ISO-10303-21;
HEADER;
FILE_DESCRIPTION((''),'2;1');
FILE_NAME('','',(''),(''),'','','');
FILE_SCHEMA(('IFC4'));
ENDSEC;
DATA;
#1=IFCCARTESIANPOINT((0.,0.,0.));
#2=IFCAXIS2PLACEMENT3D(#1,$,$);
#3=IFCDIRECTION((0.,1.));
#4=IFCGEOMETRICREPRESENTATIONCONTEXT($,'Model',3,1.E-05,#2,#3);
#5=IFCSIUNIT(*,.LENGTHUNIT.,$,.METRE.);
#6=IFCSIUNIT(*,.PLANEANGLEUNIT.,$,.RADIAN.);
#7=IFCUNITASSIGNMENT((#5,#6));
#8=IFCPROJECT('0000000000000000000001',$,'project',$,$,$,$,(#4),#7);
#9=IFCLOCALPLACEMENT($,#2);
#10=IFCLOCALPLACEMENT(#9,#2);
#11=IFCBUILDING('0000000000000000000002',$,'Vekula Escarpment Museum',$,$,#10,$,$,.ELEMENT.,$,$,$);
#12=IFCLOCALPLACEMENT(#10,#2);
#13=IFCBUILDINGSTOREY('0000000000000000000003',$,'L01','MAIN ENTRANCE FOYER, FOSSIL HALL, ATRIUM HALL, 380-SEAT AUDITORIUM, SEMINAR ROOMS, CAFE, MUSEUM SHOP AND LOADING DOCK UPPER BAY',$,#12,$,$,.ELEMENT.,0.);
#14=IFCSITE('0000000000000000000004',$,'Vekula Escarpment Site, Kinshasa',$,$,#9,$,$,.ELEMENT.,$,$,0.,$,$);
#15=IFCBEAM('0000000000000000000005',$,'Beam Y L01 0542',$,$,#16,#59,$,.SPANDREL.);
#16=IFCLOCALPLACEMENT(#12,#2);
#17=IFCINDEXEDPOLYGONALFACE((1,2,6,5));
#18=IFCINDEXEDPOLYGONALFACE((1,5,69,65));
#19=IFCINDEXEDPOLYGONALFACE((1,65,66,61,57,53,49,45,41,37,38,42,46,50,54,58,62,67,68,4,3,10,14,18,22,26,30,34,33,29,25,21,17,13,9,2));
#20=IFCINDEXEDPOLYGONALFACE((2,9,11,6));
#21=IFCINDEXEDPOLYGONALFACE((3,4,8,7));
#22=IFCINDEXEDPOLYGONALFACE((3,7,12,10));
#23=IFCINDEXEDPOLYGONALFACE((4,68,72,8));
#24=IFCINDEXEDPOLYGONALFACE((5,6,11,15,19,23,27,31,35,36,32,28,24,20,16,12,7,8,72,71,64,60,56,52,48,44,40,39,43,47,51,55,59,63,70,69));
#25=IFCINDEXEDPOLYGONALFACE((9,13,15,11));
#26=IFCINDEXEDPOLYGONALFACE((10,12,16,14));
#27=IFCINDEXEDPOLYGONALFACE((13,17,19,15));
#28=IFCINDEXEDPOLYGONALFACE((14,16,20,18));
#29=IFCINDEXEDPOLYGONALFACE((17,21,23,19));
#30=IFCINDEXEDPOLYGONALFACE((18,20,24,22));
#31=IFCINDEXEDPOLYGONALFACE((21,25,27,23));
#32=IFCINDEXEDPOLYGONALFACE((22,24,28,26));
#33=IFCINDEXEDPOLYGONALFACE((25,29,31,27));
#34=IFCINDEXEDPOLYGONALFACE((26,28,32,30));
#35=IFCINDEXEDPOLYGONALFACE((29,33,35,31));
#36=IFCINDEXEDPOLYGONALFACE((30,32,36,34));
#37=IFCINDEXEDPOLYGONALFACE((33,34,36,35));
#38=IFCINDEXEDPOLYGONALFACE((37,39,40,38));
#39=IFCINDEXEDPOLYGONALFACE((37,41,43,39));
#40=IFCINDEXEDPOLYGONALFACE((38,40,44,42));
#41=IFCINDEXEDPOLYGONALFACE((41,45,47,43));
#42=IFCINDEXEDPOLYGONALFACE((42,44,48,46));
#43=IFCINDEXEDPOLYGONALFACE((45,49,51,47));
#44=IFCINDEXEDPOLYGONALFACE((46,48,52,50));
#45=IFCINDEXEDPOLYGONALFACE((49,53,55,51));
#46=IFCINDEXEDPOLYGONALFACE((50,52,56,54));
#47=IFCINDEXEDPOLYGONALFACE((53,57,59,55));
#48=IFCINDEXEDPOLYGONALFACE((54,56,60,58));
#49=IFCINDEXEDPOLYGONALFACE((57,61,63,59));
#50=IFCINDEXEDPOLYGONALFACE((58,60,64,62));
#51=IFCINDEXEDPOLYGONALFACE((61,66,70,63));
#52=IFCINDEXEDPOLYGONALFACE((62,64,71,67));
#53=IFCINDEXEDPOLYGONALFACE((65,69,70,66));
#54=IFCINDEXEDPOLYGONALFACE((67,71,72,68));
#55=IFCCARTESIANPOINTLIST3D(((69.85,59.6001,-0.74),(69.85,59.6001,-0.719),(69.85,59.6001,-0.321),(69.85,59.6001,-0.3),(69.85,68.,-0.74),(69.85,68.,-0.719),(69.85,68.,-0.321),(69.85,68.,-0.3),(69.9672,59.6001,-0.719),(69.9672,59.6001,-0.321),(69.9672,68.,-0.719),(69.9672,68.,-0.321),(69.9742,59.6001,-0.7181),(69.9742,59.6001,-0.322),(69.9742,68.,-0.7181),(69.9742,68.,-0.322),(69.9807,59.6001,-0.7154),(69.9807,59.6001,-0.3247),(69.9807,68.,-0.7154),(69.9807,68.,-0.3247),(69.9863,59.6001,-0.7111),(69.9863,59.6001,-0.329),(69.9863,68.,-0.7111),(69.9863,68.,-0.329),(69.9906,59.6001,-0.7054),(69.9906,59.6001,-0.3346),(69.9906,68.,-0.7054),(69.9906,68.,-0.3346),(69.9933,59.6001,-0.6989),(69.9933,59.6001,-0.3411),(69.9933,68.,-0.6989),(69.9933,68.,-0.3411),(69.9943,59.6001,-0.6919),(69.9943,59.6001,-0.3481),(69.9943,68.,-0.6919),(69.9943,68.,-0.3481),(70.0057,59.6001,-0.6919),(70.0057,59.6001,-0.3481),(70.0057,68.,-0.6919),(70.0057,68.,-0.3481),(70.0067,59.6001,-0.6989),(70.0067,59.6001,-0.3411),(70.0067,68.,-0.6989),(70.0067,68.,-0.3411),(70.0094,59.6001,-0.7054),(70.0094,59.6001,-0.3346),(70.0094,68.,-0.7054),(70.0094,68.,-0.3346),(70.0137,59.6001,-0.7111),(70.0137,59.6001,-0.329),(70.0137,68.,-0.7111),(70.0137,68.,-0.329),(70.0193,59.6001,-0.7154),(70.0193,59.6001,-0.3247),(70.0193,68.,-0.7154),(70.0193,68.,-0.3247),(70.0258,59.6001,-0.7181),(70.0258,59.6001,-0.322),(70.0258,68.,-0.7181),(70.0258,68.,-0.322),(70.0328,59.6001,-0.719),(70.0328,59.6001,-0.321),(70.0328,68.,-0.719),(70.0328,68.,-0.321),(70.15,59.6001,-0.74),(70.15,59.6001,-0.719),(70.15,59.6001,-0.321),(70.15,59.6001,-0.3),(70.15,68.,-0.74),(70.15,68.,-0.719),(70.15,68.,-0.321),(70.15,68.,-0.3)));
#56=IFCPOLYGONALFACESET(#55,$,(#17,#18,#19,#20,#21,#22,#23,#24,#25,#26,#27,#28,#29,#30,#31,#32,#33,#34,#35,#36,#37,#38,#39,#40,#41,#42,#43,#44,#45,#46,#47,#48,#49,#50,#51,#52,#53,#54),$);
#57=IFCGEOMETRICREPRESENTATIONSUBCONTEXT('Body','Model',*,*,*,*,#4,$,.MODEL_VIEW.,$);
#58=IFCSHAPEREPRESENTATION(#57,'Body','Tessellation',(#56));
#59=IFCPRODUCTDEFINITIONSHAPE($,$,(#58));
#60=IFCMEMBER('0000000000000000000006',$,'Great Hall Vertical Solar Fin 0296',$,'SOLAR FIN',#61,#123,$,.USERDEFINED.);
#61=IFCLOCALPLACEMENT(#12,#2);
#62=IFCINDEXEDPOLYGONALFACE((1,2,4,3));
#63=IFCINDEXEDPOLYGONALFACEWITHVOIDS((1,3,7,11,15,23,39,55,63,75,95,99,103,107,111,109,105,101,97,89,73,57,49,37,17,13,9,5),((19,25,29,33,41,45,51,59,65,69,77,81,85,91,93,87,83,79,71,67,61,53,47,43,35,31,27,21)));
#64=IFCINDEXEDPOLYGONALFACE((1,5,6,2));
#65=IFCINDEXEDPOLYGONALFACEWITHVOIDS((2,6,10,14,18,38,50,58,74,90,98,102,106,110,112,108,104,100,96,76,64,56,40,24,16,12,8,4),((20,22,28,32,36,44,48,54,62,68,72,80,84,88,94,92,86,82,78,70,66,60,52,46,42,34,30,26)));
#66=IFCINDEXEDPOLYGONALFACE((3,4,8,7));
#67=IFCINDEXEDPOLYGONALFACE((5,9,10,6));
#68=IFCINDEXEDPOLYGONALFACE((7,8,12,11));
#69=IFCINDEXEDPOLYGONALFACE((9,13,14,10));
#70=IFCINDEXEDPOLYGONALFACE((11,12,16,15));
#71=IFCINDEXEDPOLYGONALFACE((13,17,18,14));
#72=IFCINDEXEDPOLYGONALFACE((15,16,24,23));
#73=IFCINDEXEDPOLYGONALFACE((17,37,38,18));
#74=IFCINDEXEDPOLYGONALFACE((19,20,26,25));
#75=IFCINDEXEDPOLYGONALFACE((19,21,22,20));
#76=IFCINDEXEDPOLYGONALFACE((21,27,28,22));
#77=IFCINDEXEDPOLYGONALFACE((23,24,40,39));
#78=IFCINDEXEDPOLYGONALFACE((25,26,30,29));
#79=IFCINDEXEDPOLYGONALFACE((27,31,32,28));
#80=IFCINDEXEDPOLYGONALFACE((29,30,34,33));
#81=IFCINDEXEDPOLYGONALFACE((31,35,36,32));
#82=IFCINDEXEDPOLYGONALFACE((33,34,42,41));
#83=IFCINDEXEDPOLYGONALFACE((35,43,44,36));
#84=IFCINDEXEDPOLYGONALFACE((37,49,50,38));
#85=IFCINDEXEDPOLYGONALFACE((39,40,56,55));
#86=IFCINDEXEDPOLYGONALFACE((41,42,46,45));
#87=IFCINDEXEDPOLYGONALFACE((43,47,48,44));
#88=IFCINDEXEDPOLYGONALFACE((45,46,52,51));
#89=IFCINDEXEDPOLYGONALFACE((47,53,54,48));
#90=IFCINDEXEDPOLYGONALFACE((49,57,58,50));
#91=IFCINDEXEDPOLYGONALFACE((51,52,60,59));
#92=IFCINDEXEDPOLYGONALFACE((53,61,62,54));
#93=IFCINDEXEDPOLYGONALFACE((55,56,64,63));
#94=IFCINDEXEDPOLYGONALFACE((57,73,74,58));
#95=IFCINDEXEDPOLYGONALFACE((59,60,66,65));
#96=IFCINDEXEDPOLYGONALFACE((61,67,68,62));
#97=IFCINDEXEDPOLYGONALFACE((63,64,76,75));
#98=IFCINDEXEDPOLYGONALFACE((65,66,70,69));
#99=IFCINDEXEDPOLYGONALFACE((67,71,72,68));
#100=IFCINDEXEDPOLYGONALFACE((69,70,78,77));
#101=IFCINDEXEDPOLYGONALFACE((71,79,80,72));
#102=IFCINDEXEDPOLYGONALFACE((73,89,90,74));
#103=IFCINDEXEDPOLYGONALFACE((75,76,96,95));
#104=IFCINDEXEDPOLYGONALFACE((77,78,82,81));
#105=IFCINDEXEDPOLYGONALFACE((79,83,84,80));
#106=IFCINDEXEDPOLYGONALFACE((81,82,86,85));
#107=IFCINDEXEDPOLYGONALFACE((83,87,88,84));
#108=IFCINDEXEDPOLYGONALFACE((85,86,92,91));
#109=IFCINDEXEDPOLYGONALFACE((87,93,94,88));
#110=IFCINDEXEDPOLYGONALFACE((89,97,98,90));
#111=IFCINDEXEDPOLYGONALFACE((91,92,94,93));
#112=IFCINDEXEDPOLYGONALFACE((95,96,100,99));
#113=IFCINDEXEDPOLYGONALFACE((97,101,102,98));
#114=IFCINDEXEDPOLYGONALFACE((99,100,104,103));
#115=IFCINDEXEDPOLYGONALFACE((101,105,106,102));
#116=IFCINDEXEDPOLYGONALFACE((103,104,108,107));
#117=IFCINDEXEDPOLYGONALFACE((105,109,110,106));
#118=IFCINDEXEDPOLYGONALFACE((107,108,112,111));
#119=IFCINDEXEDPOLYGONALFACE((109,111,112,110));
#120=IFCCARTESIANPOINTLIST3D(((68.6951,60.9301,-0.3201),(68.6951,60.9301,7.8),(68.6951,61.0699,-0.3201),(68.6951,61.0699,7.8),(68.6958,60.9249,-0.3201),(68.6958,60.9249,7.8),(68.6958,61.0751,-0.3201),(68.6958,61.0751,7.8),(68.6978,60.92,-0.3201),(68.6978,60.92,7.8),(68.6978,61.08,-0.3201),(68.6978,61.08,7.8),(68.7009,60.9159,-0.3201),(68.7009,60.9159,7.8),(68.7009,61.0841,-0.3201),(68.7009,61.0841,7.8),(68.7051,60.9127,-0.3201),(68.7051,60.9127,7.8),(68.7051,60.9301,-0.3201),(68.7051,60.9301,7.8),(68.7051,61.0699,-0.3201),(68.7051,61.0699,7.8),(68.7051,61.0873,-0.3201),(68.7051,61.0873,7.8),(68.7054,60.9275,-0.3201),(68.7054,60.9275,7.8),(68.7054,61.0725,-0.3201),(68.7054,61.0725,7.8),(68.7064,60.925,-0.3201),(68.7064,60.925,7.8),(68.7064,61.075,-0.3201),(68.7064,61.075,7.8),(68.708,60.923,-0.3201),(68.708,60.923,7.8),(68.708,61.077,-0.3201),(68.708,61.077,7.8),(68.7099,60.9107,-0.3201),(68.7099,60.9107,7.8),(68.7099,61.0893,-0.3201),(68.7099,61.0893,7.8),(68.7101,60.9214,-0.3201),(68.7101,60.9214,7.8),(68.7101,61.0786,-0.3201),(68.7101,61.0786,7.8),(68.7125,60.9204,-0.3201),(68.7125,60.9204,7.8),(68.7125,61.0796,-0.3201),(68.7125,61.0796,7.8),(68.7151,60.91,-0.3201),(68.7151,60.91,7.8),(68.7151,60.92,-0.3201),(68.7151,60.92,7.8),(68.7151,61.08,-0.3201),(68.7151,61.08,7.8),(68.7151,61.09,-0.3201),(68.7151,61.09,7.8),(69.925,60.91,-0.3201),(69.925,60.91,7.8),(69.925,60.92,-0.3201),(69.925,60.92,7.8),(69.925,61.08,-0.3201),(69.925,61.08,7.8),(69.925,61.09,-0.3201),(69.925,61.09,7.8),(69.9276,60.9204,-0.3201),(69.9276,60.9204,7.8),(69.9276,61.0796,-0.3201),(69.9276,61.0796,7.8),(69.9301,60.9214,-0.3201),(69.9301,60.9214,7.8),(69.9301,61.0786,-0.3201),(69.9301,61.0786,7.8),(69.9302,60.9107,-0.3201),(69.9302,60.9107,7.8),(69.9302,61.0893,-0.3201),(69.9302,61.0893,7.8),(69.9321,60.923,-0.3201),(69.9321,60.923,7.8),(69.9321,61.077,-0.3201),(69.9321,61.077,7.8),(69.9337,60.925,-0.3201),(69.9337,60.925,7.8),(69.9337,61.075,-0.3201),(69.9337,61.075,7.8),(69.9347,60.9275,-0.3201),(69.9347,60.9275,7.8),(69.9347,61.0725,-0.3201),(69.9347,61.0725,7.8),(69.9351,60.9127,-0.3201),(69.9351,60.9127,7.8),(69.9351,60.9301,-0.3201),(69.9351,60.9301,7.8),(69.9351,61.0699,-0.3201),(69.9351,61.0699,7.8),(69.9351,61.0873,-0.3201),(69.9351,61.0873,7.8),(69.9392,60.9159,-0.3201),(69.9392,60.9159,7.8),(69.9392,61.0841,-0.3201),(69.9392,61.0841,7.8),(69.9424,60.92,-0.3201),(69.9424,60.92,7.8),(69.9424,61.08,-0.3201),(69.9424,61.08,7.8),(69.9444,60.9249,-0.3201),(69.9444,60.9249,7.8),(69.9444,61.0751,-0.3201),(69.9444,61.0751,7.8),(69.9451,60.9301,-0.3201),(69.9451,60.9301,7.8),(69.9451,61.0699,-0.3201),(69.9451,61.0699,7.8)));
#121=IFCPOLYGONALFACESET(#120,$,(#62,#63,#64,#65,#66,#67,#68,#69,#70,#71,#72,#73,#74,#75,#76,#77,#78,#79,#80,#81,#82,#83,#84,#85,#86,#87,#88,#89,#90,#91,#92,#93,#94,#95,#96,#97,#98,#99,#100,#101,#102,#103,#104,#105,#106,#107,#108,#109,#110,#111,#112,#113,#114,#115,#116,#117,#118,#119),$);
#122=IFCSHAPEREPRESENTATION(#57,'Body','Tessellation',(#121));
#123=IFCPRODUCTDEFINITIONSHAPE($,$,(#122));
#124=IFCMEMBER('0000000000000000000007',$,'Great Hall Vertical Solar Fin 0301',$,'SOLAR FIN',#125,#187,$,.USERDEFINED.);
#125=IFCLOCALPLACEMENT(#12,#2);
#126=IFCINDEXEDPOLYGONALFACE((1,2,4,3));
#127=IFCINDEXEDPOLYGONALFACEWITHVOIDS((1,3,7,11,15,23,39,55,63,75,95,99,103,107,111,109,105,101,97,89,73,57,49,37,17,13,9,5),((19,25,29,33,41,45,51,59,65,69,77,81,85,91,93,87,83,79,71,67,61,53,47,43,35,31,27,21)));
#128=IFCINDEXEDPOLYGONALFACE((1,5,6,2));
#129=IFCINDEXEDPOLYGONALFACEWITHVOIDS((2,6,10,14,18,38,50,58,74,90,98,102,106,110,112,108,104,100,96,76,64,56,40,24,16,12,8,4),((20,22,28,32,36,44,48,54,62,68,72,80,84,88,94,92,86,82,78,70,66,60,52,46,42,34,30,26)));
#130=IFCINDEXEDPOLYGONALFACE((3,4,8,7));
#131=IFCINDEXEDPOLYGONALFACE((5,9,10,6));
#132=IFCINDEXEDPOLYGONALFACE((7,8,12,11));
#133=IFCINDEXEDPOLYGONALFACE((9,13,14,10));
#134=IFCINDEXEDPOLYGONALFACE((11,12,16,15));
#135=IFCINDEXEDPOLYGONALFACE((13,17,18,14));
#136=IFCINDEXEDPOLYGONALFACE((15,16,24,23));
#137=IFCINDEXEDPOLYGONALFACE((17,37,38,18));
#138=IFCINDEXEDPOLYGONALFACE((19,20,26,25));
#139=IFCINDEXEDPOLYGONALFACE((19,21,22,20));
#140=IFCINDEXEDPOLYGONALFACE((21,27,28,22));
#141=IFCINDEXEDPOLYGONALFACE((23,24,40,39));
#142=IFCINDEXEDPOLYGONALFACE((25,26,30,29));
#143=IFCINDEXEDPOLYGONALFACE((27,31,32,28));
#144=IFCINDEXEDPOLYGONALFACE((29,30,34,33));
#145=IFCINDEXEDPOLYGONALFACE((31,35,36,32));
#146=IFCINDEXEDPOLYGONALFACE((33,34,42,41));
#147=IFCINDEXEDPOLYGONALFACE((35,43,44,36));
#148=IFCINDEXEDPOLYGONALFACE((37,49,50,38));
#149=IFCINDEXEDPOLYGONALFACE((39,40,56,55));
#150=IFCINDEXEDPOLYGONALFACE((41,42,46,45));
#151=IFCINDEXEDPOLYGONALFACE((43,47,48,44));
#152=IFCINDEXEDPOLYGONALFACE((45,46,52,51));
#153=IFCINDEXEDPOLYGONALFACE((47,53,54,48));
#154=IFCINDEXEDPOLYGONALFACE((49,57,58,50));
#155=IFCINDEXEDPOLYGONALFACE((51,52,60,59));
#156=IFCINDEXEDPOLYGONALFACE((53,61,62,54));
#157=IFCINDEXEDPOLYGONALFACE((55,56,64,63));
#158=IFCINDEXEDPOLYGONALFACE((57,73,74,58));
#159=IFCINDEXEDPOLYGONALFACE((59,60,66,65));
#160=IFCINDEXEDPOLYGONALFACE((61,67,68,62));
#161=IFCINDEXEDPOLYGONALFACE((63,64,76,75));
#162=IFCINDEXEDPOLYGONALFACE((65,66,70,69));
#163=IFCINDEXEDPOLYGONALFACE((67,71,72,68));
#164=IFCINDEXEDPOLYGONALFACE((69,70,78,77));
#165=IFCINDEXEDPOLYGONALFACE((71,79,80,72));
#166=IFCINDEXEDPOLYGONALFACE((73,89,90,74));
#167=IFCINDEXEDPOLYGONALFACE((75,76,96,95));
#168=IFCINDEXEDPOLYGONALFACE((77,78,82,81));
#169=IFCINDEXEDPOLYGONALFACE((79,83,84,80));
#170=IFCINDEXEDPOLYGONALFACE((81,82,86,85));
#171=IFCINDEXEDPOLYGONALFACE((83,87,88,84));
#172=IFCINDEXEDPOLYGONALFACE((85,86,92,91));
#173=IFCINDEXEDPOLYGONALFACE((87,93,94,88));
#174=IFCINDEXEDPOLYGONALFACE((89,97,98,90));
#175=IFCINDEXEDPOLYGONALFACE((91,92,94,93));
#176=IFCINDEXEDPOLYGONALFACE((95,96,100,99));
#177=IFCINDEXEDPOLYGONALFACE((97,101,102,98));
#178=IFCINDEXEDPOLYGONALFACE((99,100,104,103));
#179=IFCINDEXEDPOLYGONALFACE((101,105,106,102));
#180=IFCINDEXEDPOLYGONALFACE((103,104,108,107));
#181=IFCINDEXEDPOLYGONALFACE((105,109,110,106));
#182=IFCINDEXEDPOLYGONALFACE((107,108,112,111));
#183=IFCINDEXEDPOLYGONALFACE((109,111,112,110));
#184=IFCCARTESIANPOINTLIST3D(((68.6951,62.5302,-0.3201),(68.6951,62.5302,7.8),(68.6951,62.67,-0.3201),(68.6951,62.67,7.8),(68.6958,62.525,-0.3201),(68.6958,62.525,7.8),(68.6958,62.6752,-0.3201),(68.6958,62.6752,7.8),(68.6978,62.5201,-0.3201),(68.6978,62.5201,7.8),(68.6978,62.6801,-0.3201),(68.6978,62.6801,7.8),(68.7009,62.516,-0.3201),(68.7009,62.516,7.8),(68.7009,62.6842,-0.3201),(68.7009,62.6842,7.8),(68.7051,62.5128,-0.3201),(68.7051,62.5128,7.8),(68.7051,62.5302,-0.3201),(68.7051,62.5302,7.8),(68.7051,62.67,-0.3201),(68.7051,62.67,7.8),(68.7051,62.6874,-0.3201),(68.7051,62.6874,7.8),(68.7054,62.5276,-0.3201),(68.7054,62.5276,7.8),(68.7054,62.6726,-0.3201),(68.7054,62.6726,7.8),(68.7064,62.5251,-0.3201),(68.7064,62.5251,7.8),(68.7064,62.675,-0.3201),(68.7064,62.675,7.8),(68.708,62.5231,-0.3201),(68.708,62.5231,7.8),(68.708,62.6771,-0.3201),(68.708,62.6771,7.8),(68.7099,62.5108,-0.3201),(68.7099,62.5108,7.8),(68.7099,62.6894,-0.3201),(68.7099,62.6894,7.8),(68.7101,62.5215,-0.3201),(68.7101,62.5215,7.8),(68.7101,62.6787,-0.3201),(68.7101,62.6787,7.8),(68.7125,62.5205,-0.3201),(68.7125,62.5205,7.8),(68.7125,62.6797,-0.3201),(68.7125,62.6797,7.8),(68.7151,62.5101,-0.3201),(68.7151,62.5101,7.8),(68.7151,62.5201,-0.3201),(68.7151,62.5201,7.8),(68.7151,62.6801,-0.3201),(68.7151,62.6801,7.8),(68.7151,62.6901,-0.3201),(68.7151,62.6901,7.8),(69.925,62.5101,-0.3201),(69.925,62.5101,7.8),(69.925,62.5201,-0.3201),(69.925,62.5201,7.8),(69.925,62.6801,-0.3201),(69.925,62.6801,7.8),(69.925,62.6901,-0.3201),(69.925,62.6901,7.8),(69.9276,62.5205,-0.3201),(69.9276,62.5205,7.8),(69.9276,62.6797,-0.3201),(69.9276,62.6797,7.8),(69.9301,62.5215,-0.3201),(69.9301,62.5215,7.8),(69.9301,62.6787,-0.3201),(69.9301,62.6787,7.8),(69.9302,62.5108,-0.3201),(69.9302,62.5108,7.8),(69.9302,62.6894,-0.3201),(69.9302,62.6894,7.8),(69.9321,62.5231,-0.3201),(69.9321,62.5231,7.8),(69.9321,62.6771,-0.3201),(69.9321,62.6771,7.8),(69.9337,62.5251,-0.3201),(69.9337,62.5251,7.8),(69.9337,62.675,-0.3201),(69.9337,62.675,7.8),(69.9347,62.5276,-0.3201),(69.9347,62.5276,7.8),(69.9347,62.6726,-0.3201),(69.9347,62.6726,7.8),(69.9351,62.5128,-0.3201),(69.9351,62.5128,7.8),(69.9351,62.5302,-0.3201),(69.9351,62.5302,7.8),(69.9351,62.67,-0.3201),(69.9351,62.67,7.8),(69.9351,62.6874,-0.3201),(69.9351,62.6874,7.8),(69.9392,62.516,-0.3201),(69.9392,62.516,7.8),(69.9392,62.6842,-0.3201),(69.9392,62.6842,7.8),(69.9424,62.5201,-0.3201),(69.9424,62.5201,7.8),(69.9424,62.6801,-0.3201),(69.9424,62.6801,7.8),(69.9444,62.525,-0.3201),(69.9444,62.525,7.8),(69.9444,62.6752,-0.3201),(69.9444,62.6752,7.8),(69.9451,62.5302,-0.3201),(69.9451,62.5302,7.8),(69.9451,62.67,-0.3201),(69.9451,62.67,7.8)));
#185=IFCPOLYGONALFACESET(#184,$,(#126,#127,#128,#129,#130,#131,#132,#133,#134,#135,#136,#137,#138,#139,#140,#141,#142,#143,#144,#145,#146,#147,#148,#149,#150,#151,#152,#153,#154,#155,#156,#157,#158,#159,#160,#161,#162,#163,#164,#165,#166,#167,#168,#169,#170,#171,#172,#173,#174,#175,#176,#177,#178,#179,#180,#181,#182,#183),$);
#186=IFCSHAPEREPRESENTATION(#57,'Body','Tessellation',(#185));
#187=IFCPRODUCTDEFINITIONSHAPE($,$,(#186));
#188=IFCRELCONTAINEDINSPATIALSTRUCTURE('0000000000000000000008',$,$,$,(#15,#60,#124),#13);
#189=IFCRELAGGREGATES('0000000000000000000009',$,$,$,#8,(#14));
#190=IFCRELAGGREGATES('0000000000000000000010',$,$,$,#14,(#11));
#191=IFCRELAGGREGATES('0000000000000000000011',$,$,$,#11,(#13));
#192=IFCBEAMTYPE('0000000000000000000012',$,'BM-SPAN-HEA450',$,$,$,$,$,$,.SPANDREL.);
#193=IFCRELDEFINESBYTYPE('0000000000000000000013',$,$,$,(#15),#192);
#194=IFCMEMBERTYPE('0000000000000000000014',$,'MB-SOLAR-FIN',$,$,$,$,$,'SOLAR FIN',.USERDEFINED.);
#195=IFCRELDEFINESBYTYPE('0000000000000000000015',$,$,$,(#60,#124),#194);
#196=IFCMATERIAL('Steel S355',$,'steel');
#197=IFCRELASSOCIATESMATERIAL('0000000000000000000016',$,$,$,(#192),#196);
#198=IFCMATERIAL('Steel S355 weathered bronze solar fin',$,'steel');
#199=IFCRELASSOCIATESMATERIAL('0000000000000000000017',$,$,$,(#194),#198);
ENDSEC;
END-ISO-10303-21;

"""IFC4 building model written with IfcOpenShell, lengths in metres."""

from ifc_helpers import new_model, si_unit, direction, frame, origin, origin_2d, place, context, subcontext, project, spatial, hollow_rectangle, i_section, extrude, material, material_profile, profile_set, type_object, element, save


model = new_model("IFC4")

# Units and contexts
model_context = context("Model", 3, precision=1e-05, world=origin(), true_north=direction((0.0, 1.0)))
body_context = subcontext(model_context, "Body", "Model", "MODEL_VIEW")
ifc_project = project(units=[si_unit("LENGTHUNIT", "METRE"), si_unit("PLANEANGLEUNIT", "RADIAN")], contexts=[model_context])

# Site, building, storey
site_placement = place(None, origin())
site = spatial("IfcSite", under=ifc_project, at=site_placement, Name="Vekula Escarpment Site, Kinshasa", CompositionType="ELEMENT", RefElevation=0.0)
building_placement = place(site_placement, origin())
building = spatial("IfcBuilding", under=site, at=building_placement, Name="Vekula Escarpment Museum", CompositionType="ELEMENT")
storey_placement = place(building_placement, origin())
storey = spatial("IfcBuildingStorey", under=building, at=storey_placement, Name="L01", Description="MAIN ENTRANCE FOYER, FOSSIL HALL, ATRIUM HALL, 380-SEAT AUDITORIUM, SEMINAR ROOMS, CAFE, MUSEUM SHOP AND LOADING DOCK UPPER BAY", CompositionType="ELEMENT", Elevation=0.0)

# Beam
ifc_material_1 = material(Name="Steel S355", Category="steel")
ifc_material_profile_1 = material_profile(ifc_material_1, i_section(OverallWidth=0.3, OverallDepth=0.4399, WebThickness=0.0115, FlangeThickness=0.021, FilletRadius=0.0271, at=origin_2d()), Name="HEA 450")
ifc_profile_set_1 = profile_set([ifc_material_profile_1], Name="Steel S355")
beam_type_1 = type_object("IfcBeamType", Name="BM-SPAN-HEA450", PredefinedType="SPANDREL", material=ifc_profile_set_1)
beam_1_placement = place(storey_placement, frame((70.0, 59.6001, -0.52), z_axis=(0.0, 1.0, 0.0), x_axis=(-1.0, 0.0, 0.0)))
element("IfcBeam", 1, at=beam_1_placement, inside=storey, type_object=beam_type_1, Name="Beam Y L01 0542", PredefinedType="SPANDREL", context=body_context, shape_type="SweptSolid", body=[
    extrude(i_section(OverallWidth=0.3, OverallDepth=0.4399, WebThickness=0.0115, FlangeThickness=0.021, FilletRadius=0.0271, at=origin_2d()), origin(), (0.0, 0.0, 1.0), 8.3999),
])

# Members
ifc_material_2 = material(Name="Steel S355 weathered bronze solar fin", Category="steel")
ifc_material_profile_2 = material_profile(ifc_material_2, hollow_rectangle(XDim=0.1799, YDim=1.25, WallThickness=0.01, InnerFilletRadius=0.01, OuterFilletRadius=0.02, at=origin_2d()), Name="RHS 1250x180x10")
ifc_profile_set_2 = profile_set([ifc_material_profile_2], Name="Steel S355 weathered bronze solar fin")
member_type = type_object("IfcMemberType", Name="MB-SOLAR-FIN", ElementType="SOLAR FIN", PredefinedType="USERDEFINED", material=ifc_profile_set_2)
for number, where, z_axis, x_axis, name in (
    (2, (69.3201, 61.0, -0.3201), (0.0, 0.0, 1.0), (0.0, 1.0, 0.0), "Great Hall Vertical Solar Fin 0296"),
    (3, (69.3201, 62.6001, -0.3201), (0.0, 0.0, 1.0), (0.0, 1.0, 0.0), "Great Hall Vertical Solar Fin 0301"),
):
    element("IfcMember", number, at=place(storey_placement, frame(where, z_axis=z_axis, x_axis=x_axis)), inside=storey, type_object=member_type, Name=name, ObjectType="SOLAR FIN", PredefinedType="USERDEFINED", context=body_context, shape_type="SweptSolid", body=[
        extrude(hollow_rectangle(XDim=0.1799, YDim=1.25, WallThickness=0.01, InnerFilletRadius=0.01, OuterFilletRadius=0.02, at=origin_2d()), origin(), (0.0, 0.0, 1.0), 8.1201),
    ])

save(model, "model.ifc")
